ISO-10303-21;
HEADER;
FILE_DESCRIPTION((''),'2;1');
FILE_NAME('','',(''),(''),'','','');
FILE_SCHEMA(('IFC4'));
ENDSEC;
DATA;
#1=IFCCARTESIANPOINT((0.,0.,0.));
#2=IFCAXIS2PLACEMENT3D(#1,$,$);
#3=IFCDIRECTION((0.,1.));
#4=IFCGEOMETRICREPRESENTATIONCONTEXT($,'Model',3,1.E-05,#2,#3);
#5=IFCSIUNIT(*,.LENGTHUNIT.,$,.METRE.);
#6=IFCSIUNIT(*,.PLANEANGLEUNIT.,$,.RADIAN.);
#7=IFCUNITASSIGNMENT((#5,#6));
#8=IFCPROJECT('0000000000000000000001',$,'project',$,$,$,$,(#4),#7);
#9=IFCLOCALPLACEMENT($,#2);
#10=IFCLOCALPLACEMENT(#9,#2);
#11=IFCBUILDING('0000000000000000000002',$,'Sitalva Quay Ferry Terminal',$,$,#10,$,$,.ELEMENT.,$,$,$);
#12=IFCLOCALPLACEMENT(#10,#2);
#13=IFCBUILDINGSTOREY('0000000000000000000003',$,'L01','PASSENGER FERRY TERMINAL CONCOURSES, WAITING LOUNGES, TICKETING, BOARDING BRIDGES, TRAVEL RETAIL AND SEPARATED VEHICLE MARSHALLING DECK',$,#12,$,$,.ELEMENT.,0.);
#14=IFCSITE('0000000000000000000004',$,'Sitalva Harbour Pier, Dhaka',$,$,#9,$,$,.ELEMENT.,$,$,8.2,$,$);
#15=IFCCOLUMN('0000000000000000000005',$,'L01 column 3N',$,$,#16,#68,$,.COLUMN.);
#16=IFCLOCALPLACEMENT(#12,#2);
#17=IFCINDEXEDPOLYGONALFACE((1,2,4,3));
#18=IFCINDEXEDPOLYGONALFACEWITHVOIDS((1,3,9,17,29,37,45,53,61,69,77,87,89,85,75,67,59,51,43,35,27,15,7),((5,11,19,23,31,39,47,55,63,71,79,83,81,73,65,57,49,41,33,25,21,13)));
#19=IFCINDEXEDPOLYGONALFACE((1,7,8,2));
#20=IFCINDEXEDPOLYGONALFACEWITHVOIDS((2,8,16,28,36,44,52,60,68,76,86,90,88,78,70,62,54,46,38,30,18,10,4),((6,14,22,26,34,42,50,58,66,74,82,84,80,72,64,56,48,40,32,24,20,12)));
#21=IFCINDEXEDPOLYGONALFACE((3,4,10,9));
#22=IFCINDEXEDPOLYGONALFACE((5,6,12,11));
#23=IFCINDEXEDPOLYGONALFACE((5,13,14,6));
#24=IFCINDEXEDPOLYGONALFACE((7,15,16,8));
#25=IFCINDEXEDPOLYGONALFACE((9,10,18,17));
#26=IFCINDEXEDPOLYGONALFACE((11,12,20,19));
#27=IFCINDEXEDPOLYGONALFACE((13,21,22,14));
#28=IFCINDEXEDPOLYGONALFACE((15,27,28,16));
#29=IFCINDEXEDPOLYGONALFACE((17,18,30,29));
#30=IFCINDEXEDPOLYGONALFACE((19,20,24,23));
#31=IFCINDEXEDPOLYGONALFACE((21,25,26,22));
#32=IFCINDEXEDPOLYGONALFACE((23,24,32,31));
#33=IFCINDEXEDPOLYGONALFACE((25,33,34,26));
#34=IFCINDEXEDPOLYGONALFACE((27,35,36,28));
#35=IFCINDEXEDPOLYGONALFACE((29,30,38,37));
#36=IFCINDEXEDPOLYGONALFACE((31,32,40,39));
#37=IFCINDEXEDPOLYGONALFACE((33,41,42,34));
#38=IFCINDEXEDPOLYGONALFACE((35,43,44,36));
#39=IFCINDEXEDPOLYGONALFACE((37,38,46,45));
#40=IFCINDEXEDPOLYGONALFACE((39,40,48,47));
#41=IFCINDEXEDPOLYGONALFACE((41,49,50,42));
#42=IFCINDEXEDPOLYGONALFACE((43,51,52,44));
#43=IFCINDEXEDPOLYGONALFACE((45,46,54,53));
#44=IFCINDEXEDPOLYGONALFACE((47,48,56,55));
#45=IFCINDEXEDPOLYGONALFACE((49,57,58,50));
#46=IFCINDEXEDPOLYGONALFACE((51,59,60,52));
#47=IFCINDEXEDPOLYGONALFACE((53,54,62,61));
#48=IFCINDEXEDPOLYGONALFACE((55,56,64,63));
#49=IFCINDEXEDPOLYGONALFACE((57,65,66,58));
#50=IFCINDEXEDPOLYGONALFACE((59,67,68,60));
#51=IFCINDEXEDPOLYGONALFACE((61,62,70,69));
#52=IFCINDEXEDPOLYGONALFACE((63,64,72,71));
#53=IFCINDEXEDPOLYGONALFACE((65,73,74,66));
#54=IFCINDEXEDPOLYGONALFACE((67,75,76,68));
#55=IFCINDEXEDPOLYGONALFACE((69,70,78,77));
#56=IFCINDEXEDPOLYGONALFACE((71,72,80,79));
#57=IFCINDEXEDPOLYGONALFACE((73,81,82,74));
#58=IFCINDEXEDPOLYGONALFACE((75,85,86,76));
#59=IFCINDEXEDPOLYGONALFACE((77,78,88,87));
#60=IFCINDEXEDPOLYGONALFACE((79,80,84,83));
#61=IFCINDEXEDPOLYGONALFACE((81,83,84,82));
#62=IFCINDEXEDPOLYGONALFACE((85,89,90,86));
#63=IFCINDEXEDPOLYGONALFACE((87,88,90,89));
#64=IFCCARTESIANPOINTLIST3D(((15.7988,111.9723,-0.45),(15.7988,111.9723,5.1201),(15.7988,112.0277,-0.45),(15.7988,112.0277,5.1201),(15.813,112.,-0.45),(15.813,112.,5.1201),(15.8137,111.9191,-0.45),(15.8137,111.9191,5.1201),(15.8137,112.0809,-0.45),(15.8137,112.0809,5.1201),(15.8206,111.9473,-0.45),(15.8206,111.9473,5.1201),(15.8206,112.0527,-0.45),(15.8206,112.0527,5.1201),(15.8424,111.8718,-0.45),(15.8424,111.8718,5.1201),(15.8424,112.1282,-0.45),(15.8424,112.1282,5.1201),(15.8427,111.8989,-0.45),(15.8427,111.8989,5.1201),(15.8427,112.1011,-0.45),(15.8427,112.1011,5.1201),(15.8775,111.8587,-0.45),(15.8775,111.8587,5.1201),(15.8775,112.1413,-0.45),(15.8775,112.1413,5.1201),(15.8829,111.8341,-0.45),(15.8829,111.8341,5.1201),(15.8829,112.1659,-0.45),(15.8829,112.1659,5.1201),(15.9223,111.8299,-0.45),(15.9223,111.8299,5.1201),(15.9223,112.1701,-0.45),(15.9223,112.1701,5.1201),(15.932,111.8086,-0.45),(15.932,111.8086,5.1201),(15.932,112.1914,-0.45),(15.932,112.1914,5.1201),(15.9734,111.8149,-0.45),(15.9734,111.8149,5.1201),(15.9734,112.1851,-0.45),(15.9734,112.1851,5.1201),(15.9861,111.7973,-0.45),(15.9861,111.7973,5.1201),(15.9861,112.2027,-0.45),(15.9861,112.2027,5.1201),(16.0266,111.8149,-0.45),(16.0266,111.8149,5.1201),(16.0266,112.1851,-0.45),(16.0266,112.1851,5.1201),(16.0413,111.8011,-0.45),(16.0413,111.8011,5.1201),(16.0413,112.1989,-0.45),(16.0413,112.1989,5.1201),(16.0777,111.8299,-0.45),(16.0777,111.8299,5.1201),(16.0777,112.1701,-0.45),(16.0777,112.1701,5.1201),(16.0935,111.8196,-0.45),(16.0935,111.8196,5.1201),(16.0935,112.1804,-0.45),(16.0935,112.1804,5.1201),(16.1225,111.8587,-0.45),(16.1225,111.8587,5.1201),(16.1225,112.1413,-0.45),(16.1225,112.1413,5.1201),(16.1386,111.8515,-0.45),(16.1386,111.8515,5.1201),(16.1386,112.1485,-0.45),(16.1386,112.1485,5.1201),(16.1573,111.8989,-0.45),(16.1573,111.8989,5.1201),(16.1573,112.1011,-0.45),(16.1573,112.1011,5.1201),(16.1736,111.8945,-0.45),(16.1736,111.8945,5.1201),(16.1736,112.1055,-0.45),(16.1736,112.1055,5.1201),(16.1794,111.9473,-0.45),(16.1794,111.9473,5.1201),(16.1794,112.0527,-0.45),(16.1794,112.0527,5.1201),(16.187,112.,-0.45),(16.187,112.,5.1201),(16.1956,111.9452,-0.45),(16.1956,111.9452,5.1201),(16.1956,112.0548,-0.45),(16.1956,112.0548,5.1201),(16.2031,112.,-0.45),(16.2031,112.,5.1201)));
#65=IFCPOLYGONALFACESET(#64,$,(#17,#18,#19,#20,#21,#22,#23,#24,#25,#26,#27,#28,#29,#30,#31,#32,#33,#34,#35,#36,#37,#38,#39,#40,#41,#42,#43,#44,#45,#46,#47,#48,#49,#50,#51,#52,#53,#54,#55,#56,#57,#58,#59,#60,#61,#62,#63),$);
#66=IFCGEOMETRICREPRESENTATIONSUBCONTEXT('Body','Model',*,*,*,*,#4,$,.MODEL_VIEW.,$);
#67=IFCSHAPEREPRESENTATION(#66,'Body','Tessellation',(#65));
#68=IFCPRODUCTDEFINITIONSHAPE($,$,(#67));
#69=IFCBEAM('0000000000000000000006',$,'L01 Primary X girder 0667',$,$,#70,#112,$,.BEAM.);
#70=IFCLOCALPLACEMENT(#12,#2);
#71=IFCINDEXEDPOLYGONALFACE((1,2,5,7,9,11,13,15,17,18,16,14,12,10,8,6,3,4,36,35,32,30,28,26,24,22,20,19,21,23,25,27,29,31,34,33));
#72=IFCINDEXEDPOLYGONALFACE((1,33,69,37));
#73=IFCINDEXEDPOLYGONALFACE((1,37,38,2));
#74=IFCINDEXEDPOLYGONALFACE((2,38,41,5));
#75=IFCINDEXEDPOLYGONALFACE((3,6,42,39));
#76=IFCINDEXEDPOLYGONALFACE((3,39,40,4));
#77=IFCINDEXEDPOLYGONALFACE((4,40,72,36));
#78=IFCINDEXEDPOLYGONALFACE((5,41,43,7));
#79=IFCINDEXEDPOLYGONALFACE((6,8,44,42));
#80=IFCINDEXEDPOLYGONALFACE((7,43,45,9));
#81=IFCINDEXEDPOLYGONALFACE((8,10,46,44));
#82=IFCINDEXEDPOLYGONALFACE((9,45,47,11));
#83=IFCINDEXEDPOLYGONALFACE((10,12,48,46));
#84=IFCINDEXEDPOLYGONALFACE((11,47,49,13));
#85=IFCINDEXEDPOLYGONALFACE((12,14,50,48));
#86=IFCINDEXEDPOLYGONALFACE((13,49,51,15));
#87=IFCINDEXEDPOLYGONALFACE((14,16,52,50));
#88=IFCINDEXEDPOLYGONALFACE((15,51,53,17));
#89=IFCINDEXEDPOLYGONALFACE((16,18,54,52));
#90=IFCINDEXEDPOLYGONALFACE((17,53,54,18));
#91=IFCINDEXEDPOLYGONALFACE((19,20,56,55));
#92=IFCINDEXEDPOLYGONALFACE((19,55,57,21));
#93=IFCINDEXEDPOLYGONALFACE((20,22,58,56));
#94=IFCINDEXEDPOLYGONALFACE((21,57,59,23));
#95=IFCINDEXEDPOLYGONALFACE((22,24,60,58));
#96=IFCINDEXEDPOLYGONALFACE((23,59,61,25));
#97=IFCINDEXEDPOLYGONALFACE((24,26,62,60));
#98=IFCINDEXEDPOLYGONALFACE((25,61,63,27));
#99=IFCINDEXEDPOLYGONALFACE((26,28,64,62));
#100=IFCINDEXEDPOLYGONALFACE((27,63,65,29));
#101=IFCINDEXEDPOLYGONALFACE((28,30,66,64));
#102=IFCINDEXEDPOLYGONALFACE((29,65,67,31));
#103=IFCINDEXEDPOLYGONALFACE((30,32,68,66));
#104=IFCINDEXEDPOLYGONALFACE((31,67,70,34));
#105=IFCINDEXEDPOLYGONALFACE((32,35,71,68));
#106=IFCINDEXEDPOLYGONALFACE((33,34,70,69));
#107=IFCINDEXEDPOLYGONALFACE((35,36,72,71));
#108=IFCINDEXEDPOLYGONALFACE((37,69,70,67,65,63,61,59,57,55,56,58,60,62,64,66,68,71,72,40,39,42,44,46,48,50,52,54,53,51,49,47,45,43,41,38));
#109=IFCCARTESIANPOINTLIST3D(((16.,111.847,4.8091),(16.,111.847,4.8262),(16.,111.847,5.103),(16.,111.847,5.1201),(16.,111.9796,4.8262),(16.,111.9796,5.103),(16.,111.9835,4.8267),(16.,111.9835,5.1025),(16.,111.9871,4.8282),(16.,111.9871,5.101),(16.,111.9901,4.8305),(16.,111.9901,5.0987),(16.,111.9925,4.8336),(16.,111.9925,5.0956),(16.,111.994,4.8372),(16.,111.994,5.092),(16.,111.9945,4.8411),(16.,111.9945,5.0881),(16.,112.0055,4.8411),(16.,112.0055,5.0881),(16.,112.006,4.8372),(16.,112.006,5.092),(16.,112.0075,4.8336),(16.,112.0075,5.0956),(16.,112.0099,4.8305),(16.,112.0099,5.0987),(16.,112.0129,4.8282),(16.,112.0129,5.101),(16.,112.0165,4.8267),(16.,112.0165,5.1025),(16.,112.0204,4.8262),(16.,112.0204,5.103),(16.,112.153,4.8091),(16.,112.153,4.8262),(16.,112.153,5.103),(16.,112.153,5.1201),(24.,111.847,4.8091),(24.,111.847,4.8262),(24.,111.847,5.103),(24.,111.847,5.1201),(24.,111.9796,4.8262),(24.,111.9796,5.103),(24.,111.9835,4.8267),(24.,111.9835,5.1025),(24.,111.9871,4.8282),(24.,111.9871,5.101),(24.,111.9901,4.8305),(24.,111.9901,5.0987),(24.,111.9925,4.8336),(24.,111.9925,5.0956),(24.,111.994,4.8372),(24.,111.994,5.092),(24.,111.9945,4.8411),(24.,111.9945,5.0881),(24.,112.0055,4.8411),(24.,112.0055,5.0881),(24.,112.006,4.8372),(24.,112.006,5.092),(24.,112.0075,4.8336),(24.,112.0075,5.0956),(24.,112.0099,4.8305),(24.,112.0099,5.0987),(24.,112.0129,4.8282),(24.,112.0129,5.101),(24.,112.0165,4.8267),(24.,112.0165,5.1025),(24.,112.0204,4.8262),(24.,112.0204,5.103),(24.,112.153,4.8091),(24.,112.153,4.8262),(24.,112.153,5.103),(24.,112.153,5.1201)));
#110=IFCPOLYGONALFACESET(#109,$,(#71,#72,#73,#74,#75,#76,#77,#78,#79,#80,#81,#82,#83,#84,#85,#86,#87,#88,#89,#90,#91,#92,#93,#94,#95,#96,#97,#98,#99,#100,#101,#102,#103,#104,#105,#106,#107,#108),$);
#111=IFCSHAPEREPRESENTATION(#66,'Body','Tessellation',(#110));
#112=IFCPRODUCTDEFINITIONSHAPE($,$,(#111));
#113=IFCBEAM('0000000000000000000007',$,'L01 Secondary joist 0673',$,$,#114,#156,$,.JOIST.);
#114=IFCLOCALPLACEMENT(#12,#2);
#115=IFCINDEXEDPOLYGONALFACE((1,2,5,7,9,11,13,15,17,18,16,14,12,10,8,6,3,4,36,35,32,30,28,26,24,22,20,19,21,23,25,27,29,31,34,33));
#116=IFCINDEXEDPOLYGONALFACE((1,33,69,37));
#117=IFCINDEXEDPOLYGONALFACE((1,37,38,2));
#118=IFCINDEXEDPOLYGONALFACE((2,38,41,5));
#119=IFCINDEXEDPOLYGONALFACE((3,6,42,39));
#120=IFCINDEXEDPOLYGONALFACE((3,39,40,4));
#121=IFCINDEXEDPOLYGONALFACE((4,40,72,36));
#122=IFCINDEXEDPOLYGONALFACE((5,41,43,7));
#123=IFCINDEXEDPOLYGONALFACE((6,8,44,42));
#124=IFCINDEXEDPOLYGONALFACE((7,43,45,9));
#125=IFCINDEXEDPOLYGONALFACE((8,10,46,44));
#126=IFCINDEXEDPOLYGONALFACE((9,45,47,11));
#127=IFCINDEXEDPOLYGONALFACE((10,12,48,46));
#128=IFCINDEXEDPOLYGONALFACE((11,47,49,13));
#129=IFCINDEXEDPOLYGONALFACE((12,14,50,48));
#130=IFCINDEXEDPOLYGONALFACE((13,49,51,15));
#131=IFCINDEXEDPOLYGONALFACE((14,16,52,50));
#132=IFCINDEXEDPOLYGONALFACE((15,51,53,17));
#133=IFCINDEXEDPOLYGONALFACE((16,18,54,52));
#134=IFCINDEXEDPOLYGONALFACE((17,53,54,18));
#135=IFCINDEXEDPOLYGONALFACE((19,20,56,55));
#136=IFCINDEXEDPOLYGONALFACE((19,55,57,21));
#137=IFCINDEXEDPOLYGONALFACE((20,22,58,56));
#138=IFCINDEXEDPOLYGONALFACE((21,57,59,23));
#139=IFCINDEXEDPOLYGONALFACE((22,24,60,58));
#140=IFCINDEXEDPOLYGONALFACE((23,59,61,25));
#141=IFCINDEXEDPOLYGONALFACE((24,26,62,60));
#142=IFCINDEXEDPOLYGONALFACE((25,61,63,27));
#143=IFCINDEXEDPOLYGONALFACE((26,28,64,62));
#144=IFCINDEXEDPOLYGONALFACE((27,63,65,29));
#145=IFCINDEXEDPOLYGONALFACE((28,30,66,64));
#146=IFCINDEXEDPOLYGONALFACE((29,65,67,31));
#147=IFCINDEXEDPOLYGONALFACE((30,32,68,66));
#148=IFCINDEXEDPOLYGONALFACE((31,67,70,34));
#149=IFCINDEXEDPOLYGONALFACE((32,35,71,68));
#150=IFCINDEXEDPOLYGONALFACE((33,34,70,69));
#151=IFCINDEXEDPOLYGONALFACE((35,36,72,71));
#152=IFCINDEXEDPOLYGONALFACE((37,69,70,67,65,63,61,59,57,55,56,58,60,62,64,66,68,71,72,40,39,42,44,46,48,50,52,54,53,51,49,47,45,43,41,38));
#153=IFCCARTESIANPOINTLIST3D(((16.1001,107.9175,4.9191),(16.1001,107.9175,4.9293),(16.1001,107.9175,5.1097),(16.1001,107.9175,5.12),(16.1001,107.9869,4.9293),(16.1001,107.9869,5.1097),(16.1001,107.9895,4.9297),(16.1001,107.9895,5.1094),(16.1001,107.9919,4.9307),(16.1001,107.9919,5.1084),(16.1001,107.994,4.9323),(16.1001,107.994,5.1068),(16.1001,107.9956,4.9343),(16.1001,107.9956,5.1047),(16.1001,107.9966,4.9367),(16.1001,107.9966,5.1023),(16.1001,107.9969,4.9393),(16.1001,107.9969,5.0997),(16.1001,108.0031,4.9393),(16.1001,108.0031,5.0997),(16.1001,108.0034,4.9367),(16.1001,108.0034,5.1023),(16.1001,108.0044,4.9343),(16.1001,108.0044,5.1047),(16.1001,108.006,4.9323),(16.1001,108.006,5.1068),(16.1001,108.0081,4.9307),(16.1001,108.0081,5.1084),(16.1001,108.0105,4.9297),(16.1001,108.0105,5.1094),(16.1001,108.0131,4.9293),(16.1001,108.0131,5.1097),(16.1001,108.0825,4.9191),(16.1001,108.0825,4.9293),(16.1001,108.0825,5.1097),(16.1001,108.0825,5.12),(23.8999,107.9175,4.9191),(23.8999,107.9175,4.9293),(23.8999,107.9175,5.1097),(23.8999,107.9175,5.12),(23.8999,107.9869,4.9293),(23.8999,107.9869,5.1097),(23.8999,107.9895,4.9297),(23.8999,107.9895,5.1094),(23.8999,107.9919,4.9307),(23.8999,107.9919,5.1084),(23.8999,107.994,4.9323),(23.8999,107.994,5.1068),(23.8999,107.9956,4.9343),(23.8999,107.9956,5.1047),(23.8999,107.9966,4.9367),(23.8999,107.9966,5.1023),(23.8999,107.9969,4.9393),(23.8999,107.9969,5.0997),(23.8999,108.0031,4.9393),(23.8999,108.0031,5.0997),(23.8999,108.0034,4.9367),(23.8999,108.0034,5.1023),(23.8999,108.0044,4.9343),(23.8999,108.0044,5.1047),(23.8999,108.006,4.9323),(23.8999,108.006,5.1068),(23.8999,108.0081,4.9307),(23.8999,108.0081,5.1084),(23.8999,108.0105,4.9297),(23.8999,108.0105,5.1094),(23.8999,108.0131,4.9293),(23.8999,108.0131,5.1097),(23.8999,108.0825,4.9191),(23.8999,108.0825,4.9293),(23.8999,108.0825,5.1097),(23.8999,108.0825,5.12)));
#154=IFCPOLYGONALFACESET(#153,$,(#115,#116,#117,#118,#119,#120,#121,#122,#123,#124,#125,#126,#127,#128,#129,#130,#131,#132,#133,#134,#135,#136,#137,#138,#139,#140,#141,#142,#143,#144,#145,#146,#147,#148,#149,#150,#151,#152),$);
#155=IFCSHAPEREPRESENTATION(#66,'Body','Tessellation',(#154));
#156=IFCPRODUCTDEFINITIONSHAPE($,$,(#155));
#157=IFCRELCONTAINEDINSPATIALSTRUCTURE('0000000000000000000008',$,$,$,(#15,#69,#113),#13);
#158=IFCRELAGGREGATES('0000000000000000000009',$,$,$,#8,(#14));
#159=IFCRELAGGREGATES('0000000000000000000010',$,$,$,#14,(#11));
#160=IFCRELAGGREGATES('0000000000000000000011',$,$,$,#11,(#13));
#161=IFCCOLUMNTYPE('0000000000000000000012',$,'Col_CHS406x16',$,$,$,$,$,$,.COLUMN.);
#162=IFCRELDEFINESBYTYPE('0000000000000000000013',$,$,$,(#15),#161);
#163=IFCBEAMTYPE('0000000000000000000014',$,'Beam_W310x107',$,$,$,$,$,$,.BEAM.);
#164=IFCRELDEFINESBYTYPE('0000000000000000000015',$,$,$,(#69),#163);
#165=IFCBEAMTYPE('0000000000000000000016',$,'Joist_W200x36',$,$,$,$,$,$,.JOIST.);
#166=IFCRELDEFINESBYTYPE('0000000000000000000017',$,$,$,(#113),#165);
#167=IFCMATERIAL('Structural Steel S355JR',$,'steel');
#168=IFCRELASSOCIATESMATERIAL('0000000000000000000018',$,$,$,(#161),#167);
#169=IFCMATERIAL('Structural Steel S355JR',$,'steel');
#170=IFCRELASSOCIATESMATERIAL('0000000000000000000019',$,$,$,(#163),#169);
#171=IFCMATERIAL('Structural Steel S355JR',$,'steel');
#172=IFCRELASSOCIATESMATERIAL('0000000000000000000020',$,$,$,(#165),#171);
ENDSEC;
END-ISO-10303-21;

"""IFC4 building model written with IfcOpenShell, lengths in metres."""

from ifc_helpers import new_model, si_unit, direction, frame, origin, origin_2d, place, context, subcontext, project, spatial, hollow_circle, i_section, extrude, material, material_profile, profile_set, type_object, element, save


model = new_model("IFC4")

# Units and contexts
model_context = context("Model", 3, precision=1e-05, world=origin(), true_north=direction((0.0, 1.0)))
body_context = subcontext(model_context, "Body", "Model", "MODEL_VIEW")
ifc_project = project(units=[si_unit("LENGTHUNIT", "METRE"), si_unit("PLANEANGLEUNIT", "RADIAN")], contexts=[model_context])

# Site, building, storey
site_placement = place(None, origin())
site = spatial("IfcSite", under=ifc_project, at=site_placement, Name="Sitalva Harbour Pier, Dhaka", CompositionType="ELEMENT", RefElevation=8.2)
building_placement = place(site_placement, origin())
building = spatial("IfcBuilding", under=site, at=building_placement, Name="Sitalva Quay Ferry Terminal", CompositionType="ELEMENT")
storey_placement = place(building_placement, origin())
storey = spatial("IfcBuildingStorey", under=building, at=storey_placement, Name="L01", Description="PASSENGER FERRY TERMINAL CONCOURSES, WAITING LOUNGES, TICKETING, BOARDING BRIDGES, TRAVEL RETAIL AND SEPARATED VEHICLE MARSHALLING DECK", CompositionType="ELEMENT", Elevation=0.0)

# Column
ifc_material_1 = material(Name="Structural Steel S355JR", Category="steel")
ifc_material_profile_1 = material_profile(ifc_material_1, hollow_circle(Radius=0.2031, WallThickness=0.0161, at=origin_2d()), Name="CHS406x16")
ifc_profile_set_1 = profile_set([ifc_material_profile_1], Name="Structural Steel S355JR")
column_type = type_object("IfcColumnType", Name="Col_CHS406x16", PredefinedType="COLUMN", material=ifc_profile_set_1)
column_placement = place(storey_placement, frame((16.0, 112.0, -0.45), z_axis=(0.0, 0.0, 1.0), x_axis=(1.0, 0.0, 0.0)))
element("IfcColumn", 1, at=column_placement, inside=storey, type_object=column_type, Name="L01 column 3N", PredefinedType="COLUMN", context=body_context, shape_type="SweptSolid", body=[
    extrude(hollow_circle(Radius=0.2031, WallThickness=0.0161, at=origin_2d()), origin(), (0.0, 0.0, 1.0), 5.5701),
])

# Beams
ifc_material_2 = material(Name="Structural Steel S355JR", Category="steel")
ifc_material_profile_2 = material_profile(ifc_material_2, i_section(OverallWidth=0.3059, OverallDepth=0.311, WebThickness=0.011, FlangeThickness=0.0171, FilletRadius=0.0149, at=origin_2d()), Name="W310x107")
ifc_profile_set_2 = profile_set([ifc_material_profile_2], Name="Structural Steel S355JR")
beam_type_1 = type_object("IfcBeamType", Name="Beam_W310x107", PredefinedType="BEAM", material=ifc_profile_set_2)
beam_placement = place(storey_placement, frame((16.0, 112.0, 4.9646), z_axis=(1.0, 0.0, 0.0), x_axis=(0.0, 1.0, 0.0)))
element("IfcBeam", 2, at=beam_placement, inside=storey, type_object=beam_type_1, Name="L01 Primary X girder 0667", PredefinedType="BEAM", context=body_context, shape_type="SweptSolid", body=[
    extrude(i_section(OverallWidth=0.3059, OverallDepth=0.311, WebThickness=0.011, FlangeThickness=0.0171, FilletRadius=0.0149, at=origin_2d()), origin(), (0.0, 0.0, 1.0), 8.0),
])
ifc_material_3 = material(Name="Structural Steel S355JR", Category="steel")
ifc_material_profile_3 = material_profile(ifc_material_3, i_section(OverallWidth=0.165, OverallDepth=0.2009, WebThickness=0.0061, FlangeThickness=0.0103, FilletRadius=0.01, at=origin_2d()), Name="W200x36")
ifc_profile_set_3 = profile_set([ifc_material_profile_3], Name="Structural Steel S355JR")
beam_type_2 = type_object("IfcBeamType", Name="Joist_W200x36", PredefinedType="JOIST", material=ifc_profile_set_3)
for number, where, z_axis, x_axis, name in (
    (3, (16.1001, 108.0, 5.0195), (1.0, 0.0, 0.0), (0.0, 1.0, 0.0), "L01 Secondary joist 0673"),
):
    element("IfcBeam", number, at=place(storey_placement, frame(where, z_axis=z_axis, x_axis=x_axis)), inside=storey, type_object=beam_type_2, Name=name, PredefinedType="JOIST", context=body_context, shape_type="SweptSolid", body=[
        extrude(i_section(OverallWidth=0.165, OverallDepth=0.2009, WebThickness=0.0061, FlangeThickness=0.0103, FilletRadius=0.01, at=origin_2d()), origin(), (0.0, 0.0, 1.0), 7.7998),
    ])

save(model, "model.ifc")
